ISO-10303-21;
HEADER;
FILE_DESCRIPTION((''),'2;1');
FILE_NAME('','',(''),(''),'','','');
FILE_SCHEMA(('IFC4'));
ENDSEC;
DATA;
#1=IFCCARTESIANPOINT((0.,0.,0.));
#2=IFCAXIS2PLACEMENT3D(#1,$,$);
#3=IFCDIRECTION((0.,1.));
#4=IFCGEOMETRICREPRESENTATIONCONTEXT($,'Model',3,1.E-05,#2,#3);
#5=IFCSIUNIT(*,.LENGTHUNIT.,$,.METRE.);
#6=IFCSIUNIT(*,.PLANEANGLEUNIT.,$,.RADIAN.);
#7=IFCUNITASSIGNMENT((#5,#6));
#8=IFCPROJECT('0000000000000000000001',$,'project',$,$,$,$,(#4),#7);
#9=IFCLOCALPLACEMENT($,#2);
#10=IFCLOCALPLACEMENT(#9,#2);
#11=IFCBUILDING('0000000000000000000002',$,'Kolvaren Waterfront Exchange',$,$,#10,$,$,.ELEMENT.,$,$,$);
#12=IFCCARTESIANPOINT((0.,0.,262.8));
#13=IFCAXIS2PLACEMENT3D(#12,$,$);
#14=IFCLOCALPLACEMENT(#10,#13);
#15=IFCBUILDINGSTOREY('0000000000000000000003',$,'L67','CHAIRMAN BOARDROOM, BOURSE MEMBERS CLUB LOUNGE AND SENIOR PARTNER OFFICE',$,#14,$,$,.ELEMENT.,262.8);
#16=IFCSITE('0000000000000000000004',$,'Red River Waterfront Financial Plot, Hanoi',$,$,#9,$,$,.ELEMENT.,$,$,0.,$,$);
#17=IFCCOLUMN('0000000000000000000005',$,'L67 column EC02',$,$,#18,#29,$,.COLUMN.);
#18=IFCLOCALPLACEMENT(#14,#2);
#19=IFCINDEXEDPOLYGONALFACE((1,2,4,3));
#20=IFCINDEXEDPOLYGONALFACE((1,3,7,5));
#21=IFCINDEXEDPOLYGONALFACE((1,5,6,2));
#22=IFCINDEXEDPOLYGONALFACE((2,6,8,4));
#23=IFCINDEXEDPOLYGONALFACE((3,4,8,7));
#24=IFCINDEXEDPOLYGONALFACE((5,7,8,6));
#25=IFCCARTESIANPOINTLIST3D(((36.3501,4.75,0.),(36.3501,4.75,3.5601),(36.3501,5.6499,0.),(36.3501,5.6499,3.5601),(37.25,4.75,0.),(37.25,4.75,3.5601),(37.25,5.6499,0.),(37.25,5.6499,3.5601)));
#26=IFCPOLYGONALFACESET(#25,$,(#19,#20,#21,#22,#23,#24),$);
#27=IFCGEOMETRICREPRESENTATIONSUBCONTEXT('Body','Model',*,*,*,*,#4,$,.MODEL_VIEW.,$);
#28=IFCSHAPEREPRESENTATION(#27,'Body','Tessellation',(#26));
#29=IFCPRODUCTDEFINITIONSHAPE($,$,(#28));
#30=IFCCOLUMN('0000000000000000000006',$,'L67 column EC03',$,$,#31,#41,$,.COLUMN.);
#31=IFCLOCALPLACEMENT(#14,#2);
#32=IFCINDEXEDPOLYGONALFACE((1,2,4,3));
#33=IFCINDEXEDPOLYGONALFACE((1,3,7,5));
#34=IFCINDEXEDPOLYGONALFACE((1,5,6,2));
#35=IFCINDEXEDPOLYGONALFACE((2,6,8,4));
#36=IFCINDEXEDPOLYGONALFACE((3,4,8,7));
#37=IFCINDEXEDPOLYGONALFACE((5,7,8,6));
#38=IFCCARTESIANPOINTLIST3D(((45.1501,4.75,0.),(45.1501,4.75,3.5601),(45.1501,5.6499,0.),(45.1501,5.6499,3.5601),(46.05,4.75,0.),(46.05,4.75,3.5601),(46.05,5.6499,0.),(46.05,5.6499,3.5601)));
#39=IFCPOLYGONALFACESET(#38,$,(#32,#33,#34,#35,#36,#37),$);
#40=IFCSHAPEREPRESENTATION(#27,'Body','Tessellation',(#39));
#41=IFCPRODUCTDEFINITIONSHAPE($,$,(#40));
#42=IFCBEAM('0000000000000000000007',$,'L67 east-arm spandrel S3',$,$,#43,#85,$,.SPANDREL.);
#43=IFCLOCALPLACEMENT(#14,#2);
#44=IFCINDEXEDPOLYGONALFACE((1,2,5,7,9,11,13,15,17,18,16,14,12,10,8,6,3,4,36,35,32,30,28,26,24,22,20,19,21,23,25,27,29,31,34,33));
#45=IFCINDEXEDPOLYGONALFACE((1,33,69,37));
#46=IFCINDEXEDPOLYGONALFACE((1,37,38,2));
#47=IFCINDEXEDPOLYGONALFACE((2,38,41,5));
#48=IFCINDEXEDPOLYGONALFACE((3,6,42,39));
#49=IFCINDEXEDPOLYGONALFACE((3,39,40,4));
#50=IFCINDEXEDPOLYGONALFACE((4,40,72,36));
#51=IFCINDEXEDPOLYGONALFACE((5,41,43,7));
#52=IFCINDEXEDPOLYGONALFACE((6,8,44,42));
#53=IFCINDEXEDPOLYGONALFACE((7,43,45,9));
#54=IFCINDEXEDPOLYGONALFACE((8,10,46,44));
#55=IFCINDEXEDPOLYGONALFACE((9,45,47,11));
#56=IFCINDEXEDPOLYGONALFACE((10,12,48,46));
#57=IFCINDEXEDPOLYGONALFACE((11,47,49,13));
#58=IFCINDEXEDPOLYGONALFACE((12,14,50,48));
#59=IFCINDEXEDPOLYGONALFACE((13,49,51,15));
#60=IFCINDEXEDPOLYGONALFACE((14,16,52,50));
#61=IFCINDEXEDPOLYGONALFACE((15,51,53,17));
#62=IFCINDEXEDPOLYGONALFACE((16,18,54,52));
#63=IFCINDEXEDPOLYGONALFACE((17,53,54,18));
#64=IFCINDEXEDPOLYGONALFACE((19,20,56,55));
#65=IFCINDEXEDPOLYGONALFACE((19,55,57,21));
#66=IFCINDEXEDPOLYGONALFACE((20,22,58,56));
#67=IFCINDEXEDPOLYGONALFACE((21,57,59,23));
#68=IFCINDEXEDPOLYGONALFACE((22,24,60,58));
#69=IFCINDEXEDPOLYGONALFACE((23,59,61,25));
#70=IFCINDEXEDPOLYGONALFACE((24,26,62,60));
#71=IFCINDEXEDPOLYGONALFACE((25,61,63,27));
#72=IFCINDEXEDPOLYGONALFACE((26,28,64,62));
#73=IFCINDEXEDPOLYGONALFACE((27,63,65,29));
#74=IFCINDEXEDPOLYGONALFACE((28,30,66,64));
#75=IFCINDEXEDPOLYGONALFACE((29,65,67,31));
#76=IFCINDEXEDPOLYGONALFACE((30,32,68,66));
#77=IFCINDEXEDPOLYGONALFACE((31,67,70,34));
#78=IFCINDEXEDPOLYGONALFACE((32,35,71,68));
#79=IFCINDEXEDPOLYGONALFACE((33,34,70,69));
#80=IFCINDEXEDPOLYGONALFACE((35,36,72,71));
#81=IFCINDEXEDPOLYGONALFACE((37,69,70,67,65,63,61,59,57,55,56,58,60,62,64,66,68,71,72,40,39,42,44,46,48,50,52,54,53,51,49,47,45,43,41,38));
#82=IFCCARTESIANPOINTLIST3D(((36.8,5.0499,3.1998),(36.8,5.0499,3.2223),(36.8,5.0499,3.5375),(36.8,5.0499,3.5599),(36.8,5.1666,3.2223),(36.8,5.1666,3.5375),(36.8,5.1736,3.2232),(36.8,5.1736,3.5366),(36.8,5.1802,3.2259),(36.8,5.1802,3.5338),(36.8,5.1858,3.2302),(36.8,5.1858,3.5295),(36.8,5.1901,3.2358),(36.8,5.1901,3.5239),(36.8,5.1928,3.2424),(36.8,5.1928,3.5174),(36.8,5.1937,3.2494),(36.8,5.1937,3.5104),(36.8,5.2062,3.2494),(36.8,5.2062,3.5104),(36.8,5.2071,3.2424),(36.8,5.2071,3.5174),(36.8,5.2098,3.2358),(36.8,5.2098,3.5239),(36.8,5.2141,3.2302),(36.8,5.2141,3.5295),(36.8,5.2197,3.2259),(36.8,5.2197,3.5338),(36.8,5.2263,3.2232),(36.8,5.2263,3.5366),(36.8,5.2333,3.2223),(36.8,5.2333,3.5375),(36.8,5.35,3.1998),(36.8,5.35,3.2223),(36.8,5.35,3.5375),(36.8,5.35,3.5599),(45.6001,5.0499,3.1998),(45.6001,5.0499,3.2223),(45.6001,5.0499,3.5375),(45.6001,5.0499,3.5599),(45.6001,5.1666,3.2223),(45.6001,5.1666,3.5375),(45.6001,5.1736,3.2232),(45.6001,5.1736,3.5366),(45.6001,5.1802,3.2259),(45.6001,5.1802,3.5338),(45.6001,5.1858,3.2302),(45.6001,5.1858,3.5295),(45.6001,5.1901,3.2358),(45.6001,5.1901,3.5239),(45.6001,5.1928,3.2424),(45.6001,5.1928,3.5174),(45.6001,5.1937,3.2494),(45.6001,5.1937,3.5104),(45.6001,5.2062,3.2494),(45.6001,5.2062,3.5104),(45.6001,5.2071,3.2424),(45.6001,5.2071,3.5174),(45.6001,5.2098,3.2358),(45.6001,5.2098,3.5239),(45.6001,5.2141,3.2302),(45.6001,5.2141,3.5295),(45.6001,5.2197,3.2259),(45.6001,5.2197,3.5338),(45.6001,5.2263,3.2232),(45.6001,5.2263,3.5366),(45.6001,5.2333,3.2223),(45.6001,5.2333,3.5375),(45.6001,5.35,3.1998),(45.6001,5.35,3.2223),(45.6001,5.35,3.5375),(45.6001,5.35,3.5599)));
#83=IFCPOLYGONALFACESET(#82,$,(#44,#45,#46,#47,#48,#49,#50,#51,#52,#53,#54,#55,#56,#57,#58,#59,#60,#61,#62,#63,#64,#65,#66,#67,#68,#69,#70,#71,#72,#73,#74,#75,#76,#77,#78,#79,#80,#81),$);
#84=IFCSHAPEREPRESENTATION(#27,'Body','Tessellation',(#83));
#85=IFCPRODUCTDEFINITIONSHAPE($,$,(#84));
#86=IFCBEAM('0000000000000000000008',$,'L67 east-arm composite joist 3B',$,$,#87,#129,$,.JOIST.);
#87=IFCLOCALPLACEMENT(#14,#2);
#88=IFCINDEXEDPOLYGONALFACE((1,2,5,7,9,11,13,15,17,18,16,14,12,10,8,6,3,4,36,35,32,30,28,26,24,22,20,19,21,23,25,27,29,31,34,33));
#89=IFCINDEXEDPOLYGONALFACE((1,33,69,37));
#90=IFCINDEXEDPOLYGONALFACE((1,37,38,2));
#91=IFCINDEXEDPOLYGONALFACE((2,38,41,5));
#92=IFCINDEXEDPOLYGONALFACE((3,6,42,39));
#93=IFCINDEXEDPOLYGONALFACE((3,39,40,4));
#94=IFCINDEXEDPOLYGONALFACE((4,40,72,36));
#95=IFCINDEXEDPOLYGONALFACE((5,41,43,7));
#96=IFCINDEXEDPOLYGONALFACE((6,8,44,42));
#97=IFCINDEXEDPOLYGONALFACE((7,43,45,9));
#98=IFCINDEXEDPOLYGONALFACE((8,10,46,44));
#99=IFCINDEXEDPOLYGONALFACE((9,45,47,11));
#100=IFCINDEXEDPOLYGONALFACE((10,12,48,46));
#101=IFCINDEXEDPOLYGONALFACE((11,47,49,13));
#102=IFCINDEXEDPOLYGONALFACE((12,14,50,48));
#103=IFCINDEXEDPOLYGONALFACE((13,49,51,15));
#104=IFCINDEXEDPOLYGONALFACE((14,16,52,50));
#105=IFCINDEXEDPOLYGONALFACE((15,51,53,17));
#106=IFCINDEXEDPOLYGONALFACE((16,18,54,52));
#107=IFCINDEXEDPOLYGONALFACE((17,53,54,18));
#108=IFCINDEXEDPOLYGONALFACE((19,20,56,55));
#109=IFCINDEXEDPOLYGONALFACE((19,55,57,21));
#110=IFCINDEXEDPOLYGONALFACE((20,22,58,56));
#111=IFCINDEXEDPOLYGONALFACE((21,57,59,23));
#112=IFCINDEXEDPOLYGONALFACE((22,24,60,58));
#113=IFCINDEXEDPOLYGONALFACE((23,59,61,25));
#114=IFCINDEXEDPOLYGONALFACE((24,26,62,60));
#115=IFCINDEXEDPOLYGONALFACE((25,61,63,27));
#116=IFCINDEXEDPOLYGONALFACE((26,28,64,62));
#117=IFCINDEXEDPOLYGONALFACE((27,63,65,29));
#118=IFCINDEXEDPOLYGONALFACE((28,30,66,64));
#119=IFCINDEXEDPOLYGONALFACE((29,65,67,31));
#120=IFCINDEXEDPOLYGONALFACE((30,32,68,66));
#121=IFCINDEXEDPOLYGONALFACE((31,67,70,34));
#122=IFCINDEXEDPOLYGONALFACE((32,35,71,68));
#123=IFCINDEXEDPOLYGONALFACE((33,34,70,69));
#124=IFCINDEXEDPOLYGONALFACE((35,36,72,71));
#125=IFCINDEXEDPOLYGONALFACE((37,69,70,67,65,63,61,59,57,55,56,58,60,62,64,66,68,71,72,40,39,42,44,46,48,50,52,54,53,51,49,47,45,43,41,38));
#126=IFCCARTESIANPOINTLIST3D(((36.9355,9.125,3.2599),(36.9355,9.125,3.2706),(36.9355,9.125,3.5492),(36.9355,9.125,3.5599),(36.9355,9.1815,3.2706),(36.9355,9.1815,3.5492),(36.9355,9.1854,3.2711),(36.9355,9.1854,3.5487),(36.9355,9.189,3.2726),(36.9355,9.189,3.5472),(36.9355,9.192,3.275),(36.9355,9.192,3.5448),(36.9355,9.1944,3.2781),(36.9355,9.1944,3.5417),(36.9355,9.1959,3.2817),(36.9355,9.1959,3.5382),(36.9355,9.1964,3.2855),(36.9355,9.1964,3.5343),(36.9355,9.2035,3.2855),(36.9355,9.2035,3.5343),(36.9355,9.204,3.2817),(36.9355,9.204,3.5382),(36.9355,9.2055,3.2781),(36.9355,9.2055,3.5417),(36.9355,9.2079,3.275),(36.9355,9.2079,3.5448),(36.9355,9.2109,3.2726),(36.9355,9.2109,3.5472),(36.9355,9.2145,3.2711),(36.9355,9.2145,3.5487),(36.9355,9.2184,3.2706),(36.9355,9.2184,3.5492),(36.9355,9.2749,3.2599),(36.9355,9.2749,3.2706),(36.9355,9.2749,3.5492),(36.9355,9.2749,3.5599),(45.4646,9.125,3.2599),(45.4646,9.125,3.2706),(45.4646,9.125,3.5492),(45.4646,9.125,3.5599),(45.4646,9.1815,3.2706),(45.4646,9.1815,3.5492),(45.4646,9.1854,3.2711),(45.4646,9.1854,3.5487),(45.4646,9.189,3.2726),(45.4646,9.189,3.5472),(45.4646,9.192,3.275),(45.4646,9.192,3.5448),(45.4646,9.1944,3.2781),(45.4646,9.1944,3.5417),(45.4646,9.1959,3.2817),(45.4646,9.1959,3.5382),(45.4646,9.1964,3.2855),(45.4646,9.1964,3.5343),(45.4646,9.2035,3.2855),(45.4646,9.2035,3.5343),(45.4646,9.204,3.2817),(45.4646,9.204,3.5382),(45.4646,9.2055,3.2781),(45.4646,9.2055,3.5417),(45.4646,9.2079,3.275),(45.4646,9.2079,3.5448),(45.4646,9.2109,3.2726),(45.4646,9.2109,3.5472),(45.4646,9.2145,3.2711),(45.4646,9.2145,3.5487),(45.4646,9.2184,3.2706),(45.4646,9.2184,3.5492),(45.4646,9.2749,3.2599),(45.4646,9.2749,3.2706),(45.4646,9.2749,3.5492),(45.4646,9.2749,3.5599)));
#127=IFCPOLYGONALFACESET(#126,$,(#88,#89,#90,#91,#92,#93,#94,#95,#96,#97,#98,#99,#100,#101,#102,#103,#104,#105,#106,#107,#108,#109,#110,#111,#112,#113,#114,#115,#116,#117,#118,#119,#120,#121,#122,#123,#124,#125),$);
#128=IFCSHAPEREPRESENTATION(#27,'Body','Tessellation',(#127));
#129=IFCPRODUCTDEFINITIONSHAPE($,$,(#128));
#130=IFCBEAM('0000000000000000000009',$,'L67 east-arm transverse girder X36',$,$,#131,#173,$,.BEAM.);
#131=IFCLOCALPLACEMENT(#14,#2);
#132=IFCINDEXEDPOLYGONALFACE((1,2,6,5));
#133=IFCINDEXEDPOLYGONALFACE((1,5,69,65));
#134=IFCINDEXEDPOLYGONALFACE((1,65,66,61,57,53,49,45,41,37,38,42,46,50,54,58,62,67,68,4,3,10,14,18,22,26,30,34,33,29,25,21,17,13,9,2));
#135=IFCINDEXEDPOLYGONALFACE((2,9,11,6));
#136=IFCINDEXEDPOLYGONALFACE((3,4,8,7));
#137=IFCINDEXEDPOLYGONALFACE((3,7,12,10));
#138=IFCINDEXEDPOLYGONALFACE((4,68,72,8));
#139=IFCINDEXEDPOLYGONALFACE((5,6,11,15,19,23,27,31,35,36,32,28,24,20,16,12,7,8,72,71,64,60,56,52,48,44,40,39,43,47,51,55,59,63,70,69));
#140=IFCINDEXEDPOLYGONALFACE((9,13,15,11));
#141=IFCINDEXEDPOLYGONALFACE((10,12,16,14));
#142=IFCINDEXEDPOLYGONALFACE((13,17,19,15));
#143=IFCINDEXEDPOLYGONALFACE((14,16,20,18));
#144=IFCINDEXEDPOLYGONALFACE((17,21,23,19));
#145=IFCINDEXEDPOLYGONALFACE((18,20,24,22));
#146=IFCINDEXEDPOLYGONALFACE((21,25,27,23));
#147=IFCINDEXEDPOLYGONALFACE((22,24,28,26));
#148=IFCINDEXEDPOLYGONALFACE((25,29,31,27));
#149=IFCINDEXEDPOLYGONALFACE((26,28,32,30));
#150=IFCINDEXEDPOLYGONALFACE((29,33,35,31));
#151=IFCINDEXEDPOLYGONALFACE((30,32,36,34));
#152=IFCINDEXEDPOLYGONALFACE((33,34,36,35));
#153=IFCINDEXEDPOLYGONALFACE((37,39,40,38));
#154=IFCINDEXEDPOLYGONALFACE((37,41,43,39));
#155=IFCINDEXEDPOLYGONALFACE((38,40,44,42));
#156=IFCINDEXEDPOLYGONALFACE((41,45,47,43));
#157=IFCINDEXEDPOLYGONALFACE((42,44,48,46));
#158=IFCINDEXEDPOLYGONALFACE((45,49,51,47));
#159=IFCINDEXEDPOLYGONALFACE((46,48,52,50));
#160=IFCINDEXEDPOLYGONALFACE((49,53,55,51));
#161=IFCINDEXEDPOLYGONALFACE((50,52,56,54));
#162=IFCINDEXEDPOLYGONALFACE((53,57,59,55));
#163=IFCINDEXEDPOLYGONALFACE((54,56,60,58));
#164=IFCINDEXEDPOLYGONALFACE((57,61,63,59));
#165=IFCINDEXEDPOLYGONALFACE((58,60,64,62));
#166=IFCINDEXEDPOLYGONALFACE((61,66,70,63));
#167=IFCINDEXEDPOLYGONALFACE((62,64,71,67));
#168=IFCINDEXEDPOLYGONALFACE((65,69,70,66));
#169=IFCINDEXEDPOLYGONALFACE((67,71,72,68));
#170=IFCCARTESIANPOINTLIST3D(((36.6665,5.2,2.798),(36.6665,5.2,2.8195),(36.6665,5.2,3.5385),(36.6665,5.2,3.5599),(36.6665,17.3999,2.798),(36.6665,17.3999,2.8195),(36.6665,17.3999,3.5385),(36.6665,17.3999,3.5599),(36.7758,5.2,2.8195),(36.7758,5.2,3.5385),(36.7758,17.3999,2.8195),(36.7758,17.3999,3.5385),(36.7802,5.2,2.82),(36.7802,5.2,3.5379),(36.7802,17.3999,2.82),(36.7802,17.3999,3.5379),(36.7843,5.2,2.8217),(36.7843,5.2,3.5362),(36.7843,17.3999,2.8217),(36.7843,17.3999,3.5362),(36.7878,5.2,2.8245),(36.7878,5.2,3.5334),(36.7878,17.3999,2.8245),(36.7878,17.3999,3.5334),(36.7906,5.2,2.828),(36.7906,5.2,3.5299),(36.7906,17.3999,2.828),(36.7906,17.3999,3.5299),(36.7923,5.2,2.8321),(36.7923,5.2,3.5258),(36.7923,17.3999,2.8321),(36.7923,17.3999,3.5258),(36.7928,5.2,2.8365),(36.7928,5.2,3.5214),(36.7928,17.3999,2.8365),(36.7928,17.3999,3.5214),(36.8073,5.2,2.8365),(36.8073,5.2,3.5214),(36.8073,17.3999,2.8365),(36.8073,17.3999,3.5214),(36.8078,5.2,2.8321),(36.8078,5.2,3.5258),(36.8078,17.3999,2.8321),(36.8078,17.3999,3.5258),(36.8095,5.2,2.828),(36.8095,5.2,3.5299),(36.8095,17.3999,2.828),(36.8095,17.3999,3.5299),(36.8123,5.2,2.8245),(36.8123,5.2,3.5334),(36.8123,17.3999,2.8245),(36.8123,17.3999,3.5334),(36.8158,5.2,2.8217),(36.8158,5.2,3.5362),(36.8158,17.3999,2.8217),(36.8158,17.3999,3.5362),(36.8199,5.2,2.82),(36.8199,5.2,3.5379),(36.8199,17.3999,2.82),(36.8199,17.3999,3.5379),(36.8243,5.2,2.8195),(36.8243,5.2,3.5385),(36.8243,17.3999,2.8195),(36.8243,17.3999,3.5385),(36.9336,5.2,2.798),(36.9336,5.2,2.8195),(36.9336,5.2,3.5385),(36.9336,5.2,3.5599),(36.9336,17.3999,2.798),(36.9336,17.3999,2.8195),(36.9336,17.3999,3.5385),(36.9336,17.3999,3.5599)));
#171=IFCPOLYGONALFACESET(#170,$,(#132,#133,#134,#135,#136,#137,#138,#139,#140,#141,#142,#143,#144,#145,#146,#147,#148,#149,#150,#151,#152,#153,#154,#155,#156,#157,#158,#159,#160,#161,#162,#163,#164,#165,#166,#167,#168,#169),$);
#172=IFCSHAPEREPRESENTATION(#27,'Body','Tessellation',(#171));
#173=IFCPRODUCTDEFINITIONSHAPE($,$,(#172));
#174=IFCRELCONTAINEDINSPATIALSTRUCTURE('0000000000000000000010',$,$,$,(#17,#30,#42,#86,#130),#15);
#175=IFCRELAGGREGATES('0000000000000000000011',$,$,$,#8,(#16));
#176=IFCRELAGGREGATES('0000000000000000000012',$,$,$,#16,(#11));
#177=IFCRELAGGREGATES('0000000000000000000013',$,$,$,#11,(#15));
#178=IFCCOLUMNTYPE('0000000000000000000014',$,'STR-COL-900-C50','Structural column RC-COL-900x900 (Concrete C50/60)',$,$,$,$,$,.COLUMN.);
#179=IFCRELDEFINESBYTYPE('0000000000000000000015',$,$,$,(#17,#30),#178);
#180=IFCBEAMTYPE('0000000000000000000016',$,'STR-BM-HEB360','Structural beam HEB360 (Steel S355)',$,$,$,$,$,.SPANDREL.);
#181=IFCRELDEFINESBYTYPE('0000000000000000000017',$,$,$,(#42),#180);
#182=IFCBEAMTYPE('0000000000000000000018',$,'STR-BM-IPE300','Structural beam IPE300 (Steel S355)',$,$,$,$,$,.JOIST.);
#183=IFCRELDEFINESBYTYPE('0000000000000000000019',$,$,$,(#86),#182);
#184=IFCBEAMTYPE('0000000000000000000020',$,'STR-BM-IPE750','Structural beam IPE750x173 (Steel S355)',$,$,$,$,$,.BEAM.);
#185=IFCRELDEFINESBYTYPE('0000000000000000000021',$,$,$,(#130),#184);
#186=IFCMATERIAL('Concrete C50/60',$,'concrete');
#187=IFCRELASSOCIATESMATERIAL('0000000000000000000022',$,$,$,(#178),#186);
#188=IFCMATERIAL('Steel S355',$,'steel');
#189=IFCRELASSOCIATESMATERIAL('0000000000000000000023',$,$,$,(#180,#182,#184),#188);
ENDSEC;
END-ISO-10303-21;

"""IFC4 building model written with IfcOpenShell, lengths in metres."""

from ifc_helpers import new_model, si_unit, direction, frame, origin, origin_2d, place, context, subcontext, project, spatial, rectangle, i_section, extrude, material, material_profile, profile_set, type_object, element, save


model = new_model("IFC4")

# Units and contexts
model_context = context("Model", 3, precision=1e-05, world=origin(), true_north=direction((0.0, 1.0)))
body_context = subcontext(model_context, "Body", "Model", "MODEL_VIEW")
ifc_project = project(units=[si_unit("LENGTHUNIT", "METRE"), si_unit("PLANEANGLEUNIT", "RADIAN")], contexts=[model_context])

# Site, building, storey
site_placement = place(None, origin())
site = spatial("IfcSite", under=ifc_project, at=site_placement, Name="Red River Waterfront Financial Plot, Hanoi", CompositionType="ELEMENT", RefElevation=0.0)
building_placement = place(site_placement, origin())
building = spatial("IfcBuilding", under=site, at=building_placement, Name="Kolvaren Waterfront Exchange", CompositionType="ELEMENT")
storey_placement = place(building_placement, frame((0.0, 0.0, 262.8)))
storey = spatial("IfcBuildingStorey", under=building, at=storey_placement, Name="L67", Description="CHAIRMAN BOARDROOM, BOURSE MEMBERS CLUB LOUNGE AND SENIOR PARTNER OFFICE", CompositionType="ELEMENT", Elevation=262.8)

# Columns
ifc_material_1 = material(Name="Concrete C50/60", Category="concrete")
ifc_material_profile_1 = material_profile(ifc_material_1, rectangle(XDim=0.8999, YDim=0.8999, at=origin_2d()), Name="RC-COL-900x900")
ifc_profile_set_1 = profile_set([ifc_material_profile_1], Name="Concrete C50/60")
column_type = type_object("IfcColumnType", Name="STR-COL-900-C50", Description="Structural column RC-COL-900x900 (Concrete C50/60)", PredefinedType="COLUMN", material=ifc_profile_set_1)
for number, where, z_axis, x_axis, name in (
    (1, (36.8, 5.2, 0.0), (0.0, 0.0, 1.0), (1.0, 0.0, 0.0), "L67 column EC02"),
    (2, (45.6001, 5.2, 0.0), (0.0, 0.0, 1.0), (1.0, 0.0, 0.0), "L67 column EC03"),
):
    element("IfcColumn", number, at=place(storey_placement, frame(where, z_axis=z_axis, x_axis=x_axis)), inside=storey, type_object=column_type, Name=name, PredefinedType="COLUMN", context=body_context, shape_type="SweptSolid", body=[
        extrude(rectangle(XDim=0.8999, YDim=0.8999, at=origin_2d()), origin(), (0.0, 0.0, 1.0), 3.5601),
    ])

# Beams
ifc_material_2 = material(Name="Steel S355", Category="steel")
ifc_material_profile_2 = material_profile(ifc_material_2, i_section(OverallWidth=0.3, OverallDepth=0.3601, WebThickness=0.0125, FlangeThickness=0.0225, FilletRadius=0.0271, at=origin_2d()), Name="HEB360")
ifc_profile_set_2 = profile_set([ifc_material_profile_2], Name="Steel S355")
beam_type_1 = type_object("IfcBeamType", Name="STR-BM-HEB360", Description="Structural beam HEB360 (Steel S355)", PredefinedType="SPANDREL", material=ifc_profile_set_2)
beam_1_placement = place(storey_placement, frame((36.8, 5.2, 3.3799), z_axis=(1.0, 0.0, 0.0), x_axis=(0.0, 1.0, 0.0)))
element("IfcBeam", 3, at=beam_1_placement, inside=storey, type_object=beam_type_1, Name="L67 east-arm spandrel S3", PredefinedType="SPANDREL", context=body_context, shape_type="SweptSolid", body=[
    extrude(i_section(OverallWidth=0.3, OverallDepth=0.3601, WebThickness=0.0125, FlangeThickness=0.0225, FilletRadius=0.0271, at=origin_2d()), origin(), (0.0, 0.0, 1.0), 8.8),
])
ifc_material_profile_3 = material_profile(ifc_material_2, i_section(OverallWidth=0.1499, OverallDepth=0.3, WebThickness=0.0071, FlangeThickness=0.0107, FilletRadius=0.0149, at=origin_2d()), Name="IPE300")
ifc_profile_set_3 = profile_set([ifc_material_profile_3], Name="Steel S355")
beam_type_2 = type_object("IfcBeamType", Name="STR-BM-IPE300", Description="Structural beam IPE300 (Steel S355)", PredefinedType="JOIST", material=ifc_profile_set_3)
beam_2_placement = place(storey_placement, frame((36.9355, 9.2, 3.4099), z_axis=(1.0, 0.0, 0.0), x_axis=(0.0, 1.0, 0.0)))
element("IfcBeam", 4, at=beam_2_placement, inside=storey, type_object=beam_type_2, Name="L67 east-arm composite joist 3B", PredefinedType="JOIST", context=body_context, shape_type="SweptSolid", body=[
    extrude(i_section(OverallWidth=0.1499, OverallDepth=0.3, WebThickness=0.0071, FlangeThickness=0.0107, FilletRadius=0.0149, at=origin_2d()), origin(), (0.0, 0.0, 1.0), 8.5291),
])
ifc_material_profile_4 = material_profile(ifc_material_2, i_section(OverallWidth=0.2671, OverallDepth=0.762, WebThickness=0.0144, FlangeThickness=0.0215, FilletRadius=0.0171, at=origin_2d()), Name="IPE750x173")
ifc_profile_set_4 = profile_set([ifc_material_profile_4], Name="Steel S355")
beam_type_3 = type_object("IfcBeamType", Name="STR-BM-IPE750", Description="Structural beam IPE750x173 (Steel S355)", PredefinedType="BEAM", material=ifc_profile_set_4)
for number, where, z_axis, x_axis, name in (
    (5, (36.8, 5.2, 3.179), (0.0, 1.0, 0.0), (-1.0, 0.0, 0.0), "L67 east-arm transverse girder X36"),
):
    element("IfcBeam", number, at=place(storey_placement, frame(where, z_axis=z_axis, x_axis=x_axis)), inside=storey, type_object=beam_type_3, Name=name, PredefinedType="BEAM", context=body_context, shape_type="SweptSolid", body=[
        extrude(i_section(OverallWidth=0.2671, OverallDepth=0.762, WebThickness=0.0144, FlangeThickness=0.0215, FilletRadius=0.0171, at=origin_2d()), origin(), (0.0, 0.0, 1.0), 12.2),
    ])

save(model, "model.ifc")
